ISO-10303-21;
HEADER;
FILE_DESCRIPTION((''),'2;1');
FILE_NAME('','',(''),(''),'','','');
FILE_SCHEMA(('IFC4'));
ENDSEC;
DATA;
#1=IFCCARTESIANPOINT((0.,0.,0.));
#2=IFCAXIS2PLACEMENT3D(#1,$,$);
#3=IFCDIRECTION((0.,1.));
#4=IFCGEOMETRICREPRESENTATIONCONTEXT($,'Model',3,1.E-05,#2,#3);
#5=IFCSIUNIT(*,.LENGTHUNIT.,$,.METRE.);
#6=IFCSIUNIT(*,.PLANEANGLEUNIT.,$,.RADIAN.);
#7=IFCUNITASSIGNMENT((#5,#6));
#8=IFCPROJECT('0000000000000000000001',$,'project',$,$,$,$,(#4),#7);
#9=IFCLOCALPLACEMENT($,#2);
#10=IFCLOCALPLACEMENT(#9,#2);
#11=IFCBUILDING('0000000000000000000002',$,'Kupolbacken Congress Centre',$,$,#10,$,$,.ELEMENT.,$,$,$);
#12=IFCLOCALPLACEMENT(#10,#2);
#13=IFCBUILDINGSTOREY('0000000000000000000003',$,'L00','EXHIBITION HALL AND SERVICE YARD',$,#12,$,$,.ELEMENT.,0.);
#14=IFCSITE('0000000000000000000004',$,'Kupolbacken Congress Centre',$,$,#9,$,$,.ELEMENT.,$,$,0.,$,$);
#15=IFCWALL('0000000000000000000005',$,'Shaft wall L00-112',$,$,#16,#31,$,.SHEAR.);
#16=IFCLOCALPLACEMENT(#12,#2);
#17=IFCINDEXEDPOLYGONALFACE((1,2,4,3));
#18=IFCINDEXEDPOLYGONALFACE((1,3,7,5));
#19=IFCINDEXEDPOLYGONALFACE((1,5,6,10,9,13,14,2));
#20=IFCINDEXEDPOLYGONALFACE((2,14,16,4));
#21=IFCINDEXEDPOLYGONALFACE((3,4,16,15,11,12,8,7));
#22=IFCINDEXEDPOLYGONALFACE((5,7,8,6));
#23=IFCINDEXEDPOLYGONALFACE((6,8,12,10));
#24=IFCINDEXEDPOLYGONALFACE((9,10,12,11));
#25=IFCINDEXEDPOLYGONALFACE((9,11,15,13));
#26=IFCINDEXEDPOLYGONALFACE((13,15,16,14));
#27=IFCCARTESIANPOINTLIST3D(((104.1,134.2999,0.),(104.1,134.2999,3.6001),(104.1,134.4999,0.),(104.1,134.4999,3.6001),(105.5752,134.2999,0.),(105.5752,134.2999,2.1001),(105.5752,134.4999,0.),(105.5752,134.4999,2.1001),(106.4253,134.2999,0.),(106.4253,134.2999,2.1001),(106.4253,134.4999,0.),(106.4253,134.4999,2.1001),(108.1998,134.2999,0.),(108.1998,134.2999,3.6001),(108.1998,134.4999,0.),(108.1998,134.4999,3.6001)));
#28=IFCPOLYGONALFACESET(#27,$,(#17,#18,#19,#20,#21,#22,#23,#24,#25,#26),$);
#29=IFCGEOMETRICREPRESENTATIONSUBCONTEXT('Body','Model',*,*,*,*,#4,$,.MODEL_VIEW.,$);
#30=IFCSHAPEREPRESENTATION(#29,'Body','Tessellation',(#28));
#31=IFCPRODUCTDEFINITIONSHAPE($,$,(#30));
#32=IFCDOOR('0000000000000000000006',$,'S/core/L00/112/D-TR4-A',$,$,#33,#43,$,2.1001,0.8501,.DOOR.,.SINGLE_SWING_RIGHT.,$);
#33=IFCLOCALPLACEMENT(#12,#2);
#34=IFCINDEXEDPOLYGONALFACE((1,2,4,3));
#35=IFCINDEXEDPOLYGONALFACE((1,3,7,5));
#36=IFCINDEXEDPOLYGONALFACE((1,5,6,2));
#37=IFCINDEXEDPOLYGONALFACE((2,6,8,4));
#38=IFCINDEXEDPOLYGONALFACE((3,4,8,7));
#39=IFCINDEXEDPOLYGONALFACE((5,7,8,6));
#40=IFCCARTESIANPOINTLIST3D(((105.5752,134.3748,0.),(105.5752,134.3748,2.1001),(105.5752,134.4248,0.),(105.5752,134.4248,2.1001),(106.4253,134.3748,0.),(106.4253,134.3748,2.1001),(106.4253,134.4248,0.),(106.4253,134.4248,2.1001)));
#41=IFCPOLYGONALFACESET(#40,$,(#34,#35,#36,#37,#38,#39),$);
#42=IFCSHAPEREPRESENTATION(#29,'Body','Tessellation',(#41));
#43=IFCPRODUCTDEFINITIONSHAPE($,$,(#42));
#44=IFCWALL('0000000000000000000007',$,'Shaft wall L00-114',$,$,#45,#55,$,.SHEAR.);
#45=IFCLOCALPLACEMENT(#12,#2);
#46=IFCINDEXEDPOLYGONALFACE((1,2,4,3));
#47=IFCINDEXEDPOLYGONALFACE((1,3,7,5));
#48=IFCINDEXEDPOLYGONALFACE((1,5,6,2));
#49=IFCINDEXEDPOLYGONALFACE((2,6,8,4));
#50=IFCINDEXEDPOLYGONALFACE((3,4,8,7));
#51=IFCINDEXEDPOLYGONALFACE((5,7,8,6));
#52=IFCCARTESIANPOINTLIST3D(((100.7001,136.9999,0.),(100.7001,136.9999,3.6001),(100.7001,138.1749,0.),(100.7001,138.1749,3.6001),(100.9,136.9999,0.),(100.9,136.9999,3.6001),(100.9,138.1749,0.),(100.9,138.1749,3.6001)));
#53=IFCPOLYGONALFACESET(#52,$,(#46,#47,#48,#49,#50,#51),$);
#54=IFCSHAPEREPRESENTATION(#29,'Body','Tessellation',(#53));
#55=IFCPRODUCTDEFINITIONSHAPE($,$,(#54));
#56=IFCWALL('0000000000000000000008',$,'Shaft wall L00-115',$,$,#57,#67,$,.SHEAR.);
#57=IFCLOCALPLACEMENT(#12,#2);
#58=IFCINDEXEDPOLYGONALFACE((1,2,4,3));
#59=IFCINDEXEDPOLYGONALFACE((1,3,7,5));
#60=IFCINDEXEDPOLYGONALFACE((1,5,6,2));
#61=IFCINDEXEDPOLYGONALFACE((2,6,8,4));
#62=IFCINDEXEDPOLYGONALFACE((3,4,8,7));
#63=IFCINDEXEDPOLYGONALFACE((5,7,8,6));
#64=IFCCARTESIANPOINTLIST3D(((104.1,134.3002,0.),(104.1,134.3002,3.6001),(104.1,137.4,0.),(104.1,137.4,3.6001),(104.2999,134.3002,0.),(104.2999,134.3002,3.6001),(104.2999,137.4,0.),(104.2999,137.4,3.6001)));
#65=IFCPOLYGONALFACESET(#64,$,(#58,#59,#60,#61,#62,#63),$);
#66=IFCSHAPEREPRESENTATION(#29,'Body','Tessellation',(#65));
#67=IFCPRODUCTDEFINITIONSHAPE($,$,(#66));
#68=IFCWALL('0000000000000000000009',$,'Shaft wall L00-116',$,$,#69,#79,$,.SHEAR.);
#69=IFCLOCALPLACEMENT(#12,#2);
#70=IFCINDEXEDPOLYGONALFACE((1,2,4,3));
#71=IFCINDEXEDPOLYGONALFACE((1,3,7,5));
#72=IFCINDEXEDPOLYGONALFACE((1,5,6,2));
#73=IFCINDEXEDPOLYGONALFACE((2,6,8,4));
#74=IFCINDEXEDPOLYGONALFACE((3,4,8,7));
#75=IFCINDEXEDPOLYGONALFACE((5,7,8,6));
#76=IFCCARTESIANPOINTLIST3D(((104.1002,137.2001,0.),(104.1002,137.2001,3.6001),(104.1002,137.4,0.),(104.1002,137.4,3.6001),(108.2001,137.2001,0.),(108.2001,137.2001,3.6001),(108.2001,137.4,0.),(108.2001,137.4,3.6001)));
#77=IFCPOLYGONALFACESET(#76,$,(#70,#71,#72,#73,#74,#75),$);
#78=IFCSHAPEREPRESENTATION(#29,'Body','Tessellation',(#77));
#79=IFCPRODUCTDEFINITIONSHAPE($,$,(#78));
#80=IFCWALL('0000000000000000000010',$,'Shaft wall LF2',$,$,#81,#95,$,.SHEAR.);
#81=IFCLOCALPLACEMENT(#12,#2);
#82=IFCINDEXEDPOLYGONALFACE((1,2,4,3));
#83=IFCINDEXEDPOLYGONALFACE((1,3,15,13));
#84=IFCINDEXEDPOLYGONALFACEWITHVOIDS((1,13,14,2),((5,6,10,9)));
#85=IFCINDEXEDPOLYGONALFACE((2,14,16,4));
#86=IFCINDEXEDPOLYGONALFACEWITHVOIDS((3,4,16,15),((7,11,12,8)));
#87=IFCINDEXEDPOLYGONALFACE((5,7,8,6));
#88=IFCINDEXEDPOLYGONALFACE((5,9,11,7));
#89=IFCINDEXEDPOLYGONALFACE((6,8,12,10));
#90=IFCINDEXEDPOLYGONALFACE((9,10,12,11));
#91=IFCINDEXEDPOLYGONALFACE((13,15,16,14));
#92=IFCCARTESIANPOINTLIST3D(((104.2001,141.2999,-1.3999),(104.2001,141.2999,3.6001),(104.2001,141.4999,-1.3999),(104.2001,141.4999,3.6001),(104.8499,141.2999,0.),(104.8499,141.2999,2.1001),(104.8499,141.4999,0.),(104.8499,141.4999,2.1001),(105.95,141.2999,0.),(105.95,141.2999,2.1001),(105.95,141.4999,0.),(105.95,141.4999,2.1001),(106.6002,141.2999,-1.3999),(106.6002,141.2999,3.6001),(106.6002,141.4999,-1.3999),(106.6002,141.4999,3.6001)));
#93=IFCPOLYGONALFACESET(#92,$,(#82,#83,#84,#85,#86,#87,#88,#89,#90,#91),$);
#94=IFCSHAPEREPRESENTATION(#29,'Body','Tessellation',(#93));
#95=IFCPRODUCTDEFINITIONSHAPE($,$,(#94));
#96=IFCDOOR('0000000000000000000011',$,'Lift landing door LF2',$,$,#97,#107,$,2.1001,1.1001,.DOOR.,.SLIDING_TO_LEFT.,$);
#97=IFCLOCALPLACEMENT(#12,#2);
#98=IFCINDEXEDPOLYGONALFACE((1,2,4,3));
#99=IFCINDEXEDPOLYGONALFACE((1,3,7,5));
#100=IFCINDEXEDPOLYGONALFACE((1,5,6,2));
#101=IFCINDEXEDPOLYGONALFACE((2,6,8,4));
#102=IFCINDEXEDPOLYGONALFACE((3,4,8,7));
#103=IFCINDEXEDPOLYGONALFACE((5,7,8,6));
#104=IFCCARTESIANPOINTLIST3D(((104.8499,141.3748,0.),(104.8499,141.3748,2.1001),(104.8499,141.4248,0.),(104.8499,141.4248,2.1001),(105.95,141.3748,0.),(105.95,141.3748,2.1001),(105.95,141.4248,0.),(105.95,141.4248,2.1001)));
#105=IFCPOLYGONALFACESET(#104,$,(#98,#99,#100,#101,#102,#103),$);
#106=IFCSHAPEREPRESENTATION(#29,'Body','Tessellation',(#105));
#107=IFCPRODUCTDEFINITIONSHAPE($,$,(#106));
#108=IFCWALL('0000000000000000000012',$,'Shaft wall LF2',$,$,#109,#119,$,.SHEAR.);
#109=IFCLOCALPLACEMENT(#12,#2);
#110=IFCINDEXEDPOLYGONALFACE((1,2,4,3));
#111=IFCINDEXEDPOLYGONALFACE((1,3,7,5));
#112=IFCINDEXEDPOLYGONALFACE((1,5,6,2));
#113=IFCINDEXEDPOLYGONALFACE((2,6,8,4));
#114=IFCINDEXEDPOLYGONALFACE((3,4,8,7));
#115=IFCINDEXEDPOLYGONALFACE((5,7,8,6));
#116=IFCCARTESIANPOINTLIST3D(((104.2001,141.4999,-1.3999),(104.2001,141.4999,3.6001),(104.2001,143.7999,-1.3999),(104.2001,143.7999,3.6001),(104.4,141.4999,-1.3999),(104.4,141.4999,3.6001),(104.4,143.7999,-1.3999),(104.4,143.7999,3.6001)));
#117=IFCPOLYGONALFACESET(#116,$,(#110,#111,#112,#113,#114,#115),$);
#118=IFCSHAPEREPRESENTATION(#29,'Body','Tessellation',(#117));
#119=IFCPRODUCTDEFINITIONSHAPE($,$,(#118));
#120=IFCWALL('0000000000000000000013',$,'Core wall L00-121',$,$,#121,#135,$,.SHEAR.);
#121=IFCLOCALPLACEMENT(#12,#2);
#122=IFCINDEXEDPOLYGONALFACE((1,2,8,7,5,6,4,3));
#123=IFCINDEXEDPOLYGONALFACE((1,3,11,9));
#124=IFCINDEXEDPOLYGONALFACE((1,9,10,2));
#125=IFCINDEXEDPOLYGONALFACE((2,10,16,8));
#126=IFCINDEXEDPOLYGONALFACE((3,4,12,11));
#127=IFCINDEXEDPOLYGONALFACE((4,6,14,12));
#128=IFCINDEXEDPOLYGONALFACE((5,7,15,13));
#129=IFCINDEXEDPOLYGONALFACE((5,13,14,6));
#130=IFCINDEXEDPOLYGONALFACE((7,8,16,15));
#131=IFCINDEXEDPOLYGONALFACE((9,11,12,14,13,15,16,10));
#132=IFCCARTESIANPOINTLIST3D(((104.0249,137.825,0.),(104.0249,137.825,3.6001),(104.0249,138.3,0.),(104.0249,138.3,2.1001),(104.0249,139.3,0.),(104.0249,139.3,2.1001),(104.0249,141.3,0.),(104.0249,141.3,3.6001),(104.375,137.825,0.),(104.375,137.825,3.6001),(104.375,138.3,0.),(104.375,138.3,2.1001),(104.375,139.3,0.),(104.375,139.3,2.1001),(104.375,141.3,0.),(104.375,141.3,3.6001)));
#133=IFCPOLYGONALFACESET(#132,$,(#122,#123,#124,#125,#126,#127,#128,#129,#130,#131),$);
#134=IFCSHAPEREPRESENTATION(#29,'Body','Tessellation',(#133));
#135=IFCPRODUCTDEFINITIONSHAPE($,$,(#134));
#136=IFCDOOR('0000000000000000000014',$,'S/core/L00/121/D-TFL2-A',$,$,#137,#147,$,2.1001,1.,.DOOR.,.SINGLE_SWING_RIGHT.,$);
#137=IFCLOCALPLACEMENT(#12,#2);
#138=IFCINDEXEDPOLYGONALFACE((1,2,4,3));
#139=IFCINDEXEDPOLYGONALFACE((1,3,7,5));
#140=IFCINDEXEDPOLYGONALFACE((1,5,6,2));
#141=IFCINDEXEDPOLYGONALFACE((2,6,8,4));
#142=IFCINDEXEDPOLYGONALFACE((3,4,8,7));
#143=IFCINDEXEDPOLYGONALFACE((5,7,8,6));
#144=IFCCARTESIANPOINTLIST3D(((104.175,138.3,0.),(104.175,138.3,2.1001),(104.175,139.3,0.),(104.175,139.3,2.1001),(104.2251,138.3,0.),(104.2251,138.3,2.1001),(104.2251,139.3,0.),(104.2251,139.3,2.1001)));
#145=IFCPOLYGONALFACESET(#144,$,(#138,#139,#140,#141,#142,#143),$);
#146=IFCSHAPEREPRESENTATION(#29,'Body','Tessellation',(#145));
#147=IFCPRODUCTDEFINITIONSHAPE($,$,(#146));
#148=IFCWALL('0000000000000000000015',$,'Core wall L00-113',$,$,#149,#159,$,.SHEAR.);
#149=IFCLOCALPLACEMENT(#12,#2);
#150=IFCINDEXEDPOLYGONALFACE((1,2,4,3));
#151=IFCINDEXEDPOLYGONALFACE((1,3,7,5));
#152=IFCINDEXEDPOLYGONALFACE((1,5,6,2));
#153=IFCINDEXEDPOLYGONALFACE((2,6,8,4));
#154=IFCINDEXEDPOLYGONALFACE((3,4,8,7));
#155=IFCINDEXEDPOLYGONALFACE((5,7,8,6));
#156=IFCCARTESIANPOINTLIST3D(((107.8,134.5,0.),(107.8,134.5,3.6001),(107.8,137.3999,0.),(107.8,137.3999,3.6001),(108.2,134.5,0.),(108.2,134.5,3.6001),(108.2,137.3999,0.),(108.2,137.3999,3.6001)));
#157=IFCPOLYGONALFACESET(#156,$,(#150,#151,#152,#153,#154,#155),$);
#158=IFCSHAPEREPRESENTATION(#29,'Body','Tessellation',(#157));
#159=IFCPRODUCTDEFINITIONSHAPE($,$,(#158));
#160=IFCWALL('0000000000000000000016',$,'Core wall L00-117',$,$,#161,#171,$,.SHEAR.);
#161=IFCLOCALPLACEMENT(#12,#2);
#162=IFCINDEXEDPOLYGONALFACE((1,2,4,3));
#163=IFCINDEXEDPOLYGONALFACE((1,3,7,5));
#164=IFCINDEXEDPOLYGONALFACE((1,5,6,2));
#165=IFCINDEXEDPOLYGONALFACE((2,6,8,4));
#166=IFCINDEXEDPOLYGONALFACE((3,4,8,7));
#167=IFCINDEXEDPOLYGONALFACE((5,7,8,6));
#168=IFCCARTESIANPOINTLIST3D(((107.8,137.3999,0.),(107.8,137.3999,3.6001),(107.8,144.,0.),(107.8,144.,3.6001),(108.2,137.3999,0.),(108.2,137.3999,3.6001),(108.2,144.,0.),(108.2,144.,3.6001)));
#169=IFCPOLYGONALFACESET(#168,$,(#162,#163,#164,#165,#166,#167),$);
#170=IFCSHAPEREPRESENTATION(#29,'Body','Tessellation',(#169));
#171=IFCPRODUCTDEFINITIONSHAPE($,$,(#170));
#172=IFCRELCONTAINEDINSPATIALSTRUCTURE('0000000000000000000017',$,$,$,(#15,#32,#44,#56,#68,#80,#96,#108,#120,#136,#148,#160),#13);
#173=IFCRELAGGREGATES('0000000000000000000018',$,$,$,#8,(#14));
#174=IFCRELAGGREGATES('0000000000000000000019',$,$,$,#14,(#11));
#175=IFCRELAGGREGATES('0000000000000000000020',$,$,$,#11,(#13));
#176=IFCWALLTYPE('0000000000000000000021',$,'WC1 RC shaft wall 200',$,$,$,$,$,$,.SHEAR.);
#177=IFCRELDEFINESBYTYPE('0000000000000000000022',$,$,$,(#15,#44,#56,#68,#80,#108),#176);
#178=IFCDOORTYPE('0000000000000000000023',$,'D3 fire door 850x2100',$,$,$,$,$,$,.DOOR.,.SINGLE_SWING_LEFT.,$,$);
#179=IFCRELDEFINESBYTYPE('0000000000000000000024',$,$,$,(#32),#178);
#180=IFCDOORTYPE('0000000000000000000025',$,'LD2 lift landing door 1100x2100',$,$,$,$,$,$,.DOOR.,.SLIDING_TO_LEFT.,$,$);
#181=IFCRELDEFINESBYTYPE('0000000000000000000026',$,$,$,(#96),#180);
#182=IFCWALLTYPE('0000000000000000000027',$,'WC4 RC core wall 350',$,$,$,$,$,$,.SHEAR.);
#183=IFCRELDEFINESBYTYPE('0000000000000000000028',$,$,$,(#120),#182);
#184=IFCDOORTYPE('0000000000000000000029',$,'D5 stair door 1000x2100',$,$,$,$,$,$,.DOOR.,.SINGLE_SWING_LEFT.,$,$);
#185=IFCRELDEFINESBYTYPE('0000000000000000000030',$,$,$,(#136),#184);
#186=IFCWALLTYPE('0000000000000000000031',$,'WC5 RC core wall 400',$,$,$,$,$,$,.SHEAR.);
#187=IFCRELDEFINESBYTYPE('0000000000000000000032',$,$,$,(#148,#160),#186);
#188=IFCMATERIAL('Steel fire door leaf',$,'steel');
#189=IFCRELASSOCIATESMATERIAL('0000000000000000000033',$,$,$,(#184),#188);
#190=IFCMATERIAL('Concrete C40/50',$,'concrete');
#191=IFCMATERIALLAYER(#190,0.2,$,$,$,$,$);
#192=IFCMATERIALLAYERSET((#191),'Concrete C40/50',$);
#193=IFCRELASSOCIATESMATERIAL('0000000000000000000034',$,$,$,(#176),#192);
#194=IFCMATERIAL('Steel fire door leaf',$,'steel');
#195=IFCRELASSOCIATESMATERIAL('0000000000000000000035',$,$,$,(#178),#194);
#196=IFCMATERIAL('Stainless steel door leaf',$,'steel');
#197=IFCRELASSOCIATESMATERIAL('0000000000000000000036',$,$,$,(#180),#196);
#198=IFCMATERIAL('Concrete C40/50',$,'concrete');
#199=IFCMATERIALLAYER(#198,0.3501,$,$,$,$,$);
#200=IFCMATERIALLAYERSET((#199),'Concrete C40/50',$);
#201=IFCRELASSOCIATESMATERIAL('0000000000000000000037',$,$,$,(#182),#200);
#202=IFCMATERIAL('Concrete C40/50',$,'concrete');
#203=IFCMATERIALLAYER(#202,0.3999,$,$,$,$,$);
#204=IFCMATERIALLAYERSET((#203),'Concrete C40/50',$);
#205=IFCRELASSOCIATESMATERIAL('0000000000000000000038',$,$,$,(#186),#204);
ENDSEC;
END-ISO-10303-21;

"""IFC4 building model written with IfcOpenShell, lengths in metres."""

from ifc_helpers import new_model, si_unit, direction, frame, frame_2d, origin, place, context, subcontext, project, spatial, rectangle, extrude, material, layer, layer_set, type_object, element, fill, save


model = new_model("IFC4")

# Units and contexts
model_context = context("Model", 3, precision=1e-05, world=origin(), true_north=direction((0.0, 1.0)))
body_context = subcontext(model_context, "Body", "Model", "MODEL_VIEW")
ifc_project = project(units=[si_unit("LENGTHUNIT", "METRE"), si_unit("PLANEANGLEUNIT", "RADIAN")], contexts=[model_context])

# Site, building, storey
site_placement = place(None, origin())
site = spatial("IfcSite", under=ifc_project, at=site_placement, Name="Kupolbacken Congress Centre", CompositionType="ELEMENT", RefElevation=0.0)
building_placement = place(site_placement, origin())
building = spatial("IfcBuilding", under=site, at=building_placement, Name="Kupolbacken Congress Centre", CompositionType="ELEMENT")
storey_placement = place(building_placement, origin())
storey = spatial("IfcBuildingStorey", under=building, at=storey_placement, Name="L00", Description="EXHIBITION HALL AND SERVICE YARD", CompositionType="ELEMENT", Elevation=0.0)

# Shared definitions
ifc_material_1 = material(Name="Steel fire door leaf", Category="steel")
door_type_1 = type_object("IfcDoorType", Name="D5 stair door 1000x2100", OperationType="SINGLE_SWING_LEFT", PredefinedType="DOOR", material=ifc_material_1)

# Shared definitions
ifc_material_2 = material(Name="Concrete C40/50", Category="concrete")
ifc_layer_1 = layer(ifc_material_2, 0.2)
ifc_layer_set_1 = layer_set([ifc_layer_1], Name="Concrete C40/50")
wall_type_1 = type_object("IfcWallType", Name="WC1 RC shaft wall 200", PredefinedType="SHEAR", material=ifc_layer_set_1)

# Wall, opening, door
wall_1_placement = place(storey_placement, frame((104.1001, 134.3999, 0.0), z_axis=(0.0, 0.0, 1.0), x_axis=(1.0, 0.0, 0.0)))
wall_1 = element("IfcWall", 1, at=wall_1_placement, inside=storey, type_object=wall_type_1, Name="Shaft wall L00-112", PredefinedType="SHEAR", context=body_context, shape_type="SweptSolid", body=[
    extrude(rectangle(XDim=4.0999, YDim=0.2, at=frame_2d((2.0498, 0.0))), origin(), (0.0, 0.0, 1.0), 3.6001),
])
opening_1_placement = place(wall_1_placement, frame((1.4751, 0.0, 0.0)))
opening_1 = element("IfcOpeningElement", 2, at=opening_1_placement, cuts=wall_1, PredefinedType="OPENING", context=body_context, shape_type="SweptSolid", body=[
    extrude(rectangle(XDim=0.8501, YDim=2.1001, at=frame_2d((0.425, 1.05))), frame((0.0, 0.1099, 0.0), z_axis=(0.0, -1.0, 0.0), x_axis=(1.0, 0.0, 0.0)), (0.0, 0.0, 1.0), 0.22),
])
ifc_material_3 = material(Name="Steel fire door leaf", Category="steel")
door_type_2 = type_object("IfcDoorType", Name="D3 fire door 850x2100", OperationType="SINGLE_SWING_LEFT", PredefinedType="DOOR", material=ifc_material_3)
door_1_placement = place(opening_1_placement, origin())
door_1 = element("IfcDoor", 3, at=door_1_placement, inside=storey, type_object=door_type_2, Name="S/core/L00/112/D-TR4-A", OperationType="SINGLE_SWING_RIGHT", OverallHeight=2.1001, OverallWidth=0.8501, PredefinedType="DOOR", context=body_context, shape_type="SweptSolid", body=[
    extrude(rectangle(XDim=0.8501, YDim=2.1001, at=frame_2d((0.425, 1.05))), frame((0.0, 0.0249, 0.0), z_axis=(0.0, -1.0, 0.0), x_axis=(1.0, 0.0, 0.0)), (0.0, 0.0, 1.0), 0.05),
])
fill(opening_1, door_1)

# Walls
wall_2_placement = place(storey_placement, frame((100.8, 137.0, 0.0), z_axis=(0.0, 0.0, 1.0), x_axis=(0.0, 1.0, 0.0)))
element("IfcWall", 4, at=wall_2_placement, inside=storey, type_object=wall_type_1, Name="Shaft wall L00-114", PredefinedType="SHEAR", context=body_context, shape_type="SweptSolid", body=[
    extrude(rectangle(XDim=1.175, YDim=0.2, at=frame_2d((0.5874, 0.0))), origin(), (0.0, 0.0, 1.0), 3.6001),
])
wall_3_placement = place(storey_placement, frame((104.2, 137.3999, 0.0), z_axis=(0.0, 0.0, 1.0), x_axis=(0.0, -1.0, 0.0)))
element("IfcWall", 5, at=wall_3_placement, inside=storey, type_object=wall_type_1, Name="Shaft wall L00-115", PredefinedType="SHEAR", context=body_context, shape_type="SweptSolid", body=[
    extrude(rectangle(XDim=3.0999, YDim=0.2, at=frame_2d((1.5498, 0.0))), origin(), (0.0, 0.0, 1.0), 3.6001),
])
wall_4_placement = place(storey_placement, frame((108.2, 137.3, 0.0), z_axis=(0.0, 0.0, 1.0), x_axis=(-1.0, 0.0, 0.0)))
element("IfcWall", 6, at=wall_4_placement, inside=storey, type_object=wall_type_1, Name="Shaft wall L00-116", PredefinedType="SHEAR", context=body_context, shape_type="SweptSolid", body=[
    extrude(rectangle(XDim=4.0999, YDim=0.2, at=frame_2d((2.0498, 0.0))), origin(), (0.0, 0.0, 1.0), 3.6001),
])

# Wall, opening, door
wall_5_placement = place(storey_placement, frame((104.2, 141.3999, -1.3999), z_axis=(0.0, 0.0, 1.0), x_axis=(1.0, 0.0, 0.0)))
wall_5 = element("IfcWall", 7, at=wall_5_placement, inside=storey, type_object=wall_type_1, Name="Shaft wall LF2", PredefinedType="SHEAR", context=body_context, shape_type="SweptSolid", body=[
    extrude(rectangle(XDim=2.4001, YDim=0.2, at=frame_2d((1.2002, 0.0))), origin(), (0.0, 0.0, 1.0), 5.0),
])
opening_2_placement = place(wall_5_placement, frame((0.6499, 0.0, 1.3999)))
opening_2 = element("IfcOpeningElement", 8, at=opening_2_placement, cuts=wall_5, PredefinedType="OPENING", context=body_context, shape_type="SweptSolid", body=[
    extrude(rectangle(XDim=1.1001, YDim=2.1001, at=frame_2d((0.55, 1.05))), frame((0.0, 0.1099, 0.0), z_axis=(0.0, -1.0, 0.0), x_axis=(1.0, 0.0, 0.0)), (0.0, 0.0, 1.0), 0.22),
])
ifc_material_4 = material(Name="Stainless steel door leaf", Category="steel")
door_type_3 = type_object("IfcDoorType", Name="LD2 lift landing door 1100x2100", OperationType="SLIDING_TO_LEFT", PredefinedType="DOOR", material=ifc_material_4)
door_2_placement = place(opening_2_placement, origin())
door_2 = element("IfcDoor", 9, at=door_2_placement, inside=storey, type_object=door_type_3, Name="Lift landing door LF2", OperationType="SLIDING_TO_LEFT", OverallHeight=2.1001, OverallWidth=1.1001, PredefinedType="DOOR", context=body_context, shape_type="SweptSolid", body=[
    extrude(rectangle(XDim=1.1001, YDim=2.1001, at=frame_2d((0.55, 1.05))), frame((0.0, 0.0249, 0.0), z_axis=(0.0, -1.0, 0.0), x_axis=(1.0, 0.0, 0.0)), (0.0, 0.0, 1.0), 0.05),
])
fill(opening_2, door_2)

# Wall
wall_6_placement = place(storey_placement, frame((104.3, 141.5, -1.3999), z_axis=(0.0, 0.0, 1.0), x_axis=(0.0, 1.0, 0.0)))
element("IfcWall", 10, at=wall_6_placement, inside=storey, type_object=wall_type_1, Name="Shaft wall LF2", PredefinedType="SHEAR", context=body_context, shape_type="SweptSolid", body=[
    extrude(rectangle(XDim=2.3, YDim=0.2, at=frame_2d((1.1499, 0.0))), origin(), (0.0, 0.0, 1.0), 5.0),
])

# Wall, opening, door
ifc_material_5 = material(Name="Concrete C40/50", Category="concrete")
ifc_layer_2 = layer(ifc_material_5, 0.3501)
ifc_layer_set_2 = layer_set([ifc_layer_2], Name="Concrete C40/50")
wall_type_2 = type_object("IfcWallType", Name="WC4 RC core wall 350", PredefinedType="SHEAR", material=ifc_layer_set_2)
wall_7_placement = place(storey_placement, frame((104.2, 137.825, 0.0), z_axis=(0.0, 0.0, 1.0), x_axis=(0.0, 1.0, 0.0)))
wall_7 = element("IfcWall", 11, at=wall_7_placement, inside=storey, type_object=wall_type_2, Name="Core wall L00-121", PredefinedType="SHEAR", context=body_context, shape_type="SweptSolid", body=[
    extrude(rectangle(XDim=3.4751, YDim=0.3501, at=frame_2d((1.7375, 0.0))), origin(), (0.0, 0.0, 1.0), 3.6001),
])
opening_3_placement = place(wall_7_placement, frame((0.4751, 0.0, 0.0)))
opening_3 = element("IfcOpeningElement", 12, at=opening_3_placement, cuts=wall_7, PredefinedType="OPENING", context=body_context, shape_type="SweptSolid", body=[
    extrude(rectangle(XDim=1.0, YDim=2.1001, at=frame_2d((0.5, 1.05))), frame((0.0, 0.1851, 0.0), z_axis=(0.0, -1.0, 0.0), x_axis=(1.0, 0.0, 0.0)), (0.0, 0.0, 1.0), 0.3701),
])
door_3_placement = place(opening_3_placement, origin())
door_3 = element("IfcDoor", 13, at=door_3_placement, inside=storey, type_object=door_type_1, Name="S/core/L00/121/D-TFL2-A", OperationType="SINGLE_SWING_RIGHT", OverallHeight=2.1001, OverallWidth=1.0, PredefinedType="DOOR", context=body_context, shape_type="SweptSolid", body=[
    extrude(rectangle(XDim=1.0, YDim=2.1001, at=frame_2d((0.5, 1.05))), frame((0.0, 0.0249, 0.0), z_axis=(0.0, -1.0, 0.0), x_axis=(1.0, 0.0, 0.0)), (0.0, 0.0, 1.0), 0.05),
])
fill(opening_3, door_3)

# Walls
ifc_material_6 = material(Name="Concrete C40/50", Category="concrete")
ifc_layer_3 = layer(ifc_material_6, 0.3999)
ifc_layer_set_3 = layer_set([ifc_layer_3], Name="Concrete C40/50")
wall_type_3 = type_object("IfcWallType", Name="WC5 RC core wall 400", PredefinedType="SHEAR", material=ifc_layer_set_3)
wall_8_placement = place(storey_placement, frame((108.0, 134.5, 0.0), z_axis=(0.0, 0.0, 1.0), x_axis=(0.0, 1.0, 0.0)))
element("IfcWall", 14, at=wall_8_placement, inside=storey, type_object=wall_type_3, Name="Core wall L00-113", PredefinedType="SHEAR", context=body_context, shape_type="SweptSolid", body=[
    extrude(rectangle(XDim=2.8999, YDim=0.3999, at=frame_2d((1.45, 0.0))), origin(), (0.0, 0.0, 1.0), 3.6001),
])
wall_9_placement = place(storey_placement, frame((108.0, 137.3999, 0.0), z_axis=(0.0, 0.0, 1.0), x_axis=(0.0, 1.0, 0.0)))
element("IfcWall", 15, at=wall_9_placement, inside=storey, type_object=wall_type_3, Name="Core wall L00-117", PredefinedType="SHEAR", context=body_context, shape_type="SweptSolid", body=[
    extrude(rectangle(XDim=6.6001, YDim=0.3999, at=frame_2d((3.3, 0.0))), origin(), (0.0, 0.0, 1.0), 3.6001),
])

save(model, "model.ifc")
